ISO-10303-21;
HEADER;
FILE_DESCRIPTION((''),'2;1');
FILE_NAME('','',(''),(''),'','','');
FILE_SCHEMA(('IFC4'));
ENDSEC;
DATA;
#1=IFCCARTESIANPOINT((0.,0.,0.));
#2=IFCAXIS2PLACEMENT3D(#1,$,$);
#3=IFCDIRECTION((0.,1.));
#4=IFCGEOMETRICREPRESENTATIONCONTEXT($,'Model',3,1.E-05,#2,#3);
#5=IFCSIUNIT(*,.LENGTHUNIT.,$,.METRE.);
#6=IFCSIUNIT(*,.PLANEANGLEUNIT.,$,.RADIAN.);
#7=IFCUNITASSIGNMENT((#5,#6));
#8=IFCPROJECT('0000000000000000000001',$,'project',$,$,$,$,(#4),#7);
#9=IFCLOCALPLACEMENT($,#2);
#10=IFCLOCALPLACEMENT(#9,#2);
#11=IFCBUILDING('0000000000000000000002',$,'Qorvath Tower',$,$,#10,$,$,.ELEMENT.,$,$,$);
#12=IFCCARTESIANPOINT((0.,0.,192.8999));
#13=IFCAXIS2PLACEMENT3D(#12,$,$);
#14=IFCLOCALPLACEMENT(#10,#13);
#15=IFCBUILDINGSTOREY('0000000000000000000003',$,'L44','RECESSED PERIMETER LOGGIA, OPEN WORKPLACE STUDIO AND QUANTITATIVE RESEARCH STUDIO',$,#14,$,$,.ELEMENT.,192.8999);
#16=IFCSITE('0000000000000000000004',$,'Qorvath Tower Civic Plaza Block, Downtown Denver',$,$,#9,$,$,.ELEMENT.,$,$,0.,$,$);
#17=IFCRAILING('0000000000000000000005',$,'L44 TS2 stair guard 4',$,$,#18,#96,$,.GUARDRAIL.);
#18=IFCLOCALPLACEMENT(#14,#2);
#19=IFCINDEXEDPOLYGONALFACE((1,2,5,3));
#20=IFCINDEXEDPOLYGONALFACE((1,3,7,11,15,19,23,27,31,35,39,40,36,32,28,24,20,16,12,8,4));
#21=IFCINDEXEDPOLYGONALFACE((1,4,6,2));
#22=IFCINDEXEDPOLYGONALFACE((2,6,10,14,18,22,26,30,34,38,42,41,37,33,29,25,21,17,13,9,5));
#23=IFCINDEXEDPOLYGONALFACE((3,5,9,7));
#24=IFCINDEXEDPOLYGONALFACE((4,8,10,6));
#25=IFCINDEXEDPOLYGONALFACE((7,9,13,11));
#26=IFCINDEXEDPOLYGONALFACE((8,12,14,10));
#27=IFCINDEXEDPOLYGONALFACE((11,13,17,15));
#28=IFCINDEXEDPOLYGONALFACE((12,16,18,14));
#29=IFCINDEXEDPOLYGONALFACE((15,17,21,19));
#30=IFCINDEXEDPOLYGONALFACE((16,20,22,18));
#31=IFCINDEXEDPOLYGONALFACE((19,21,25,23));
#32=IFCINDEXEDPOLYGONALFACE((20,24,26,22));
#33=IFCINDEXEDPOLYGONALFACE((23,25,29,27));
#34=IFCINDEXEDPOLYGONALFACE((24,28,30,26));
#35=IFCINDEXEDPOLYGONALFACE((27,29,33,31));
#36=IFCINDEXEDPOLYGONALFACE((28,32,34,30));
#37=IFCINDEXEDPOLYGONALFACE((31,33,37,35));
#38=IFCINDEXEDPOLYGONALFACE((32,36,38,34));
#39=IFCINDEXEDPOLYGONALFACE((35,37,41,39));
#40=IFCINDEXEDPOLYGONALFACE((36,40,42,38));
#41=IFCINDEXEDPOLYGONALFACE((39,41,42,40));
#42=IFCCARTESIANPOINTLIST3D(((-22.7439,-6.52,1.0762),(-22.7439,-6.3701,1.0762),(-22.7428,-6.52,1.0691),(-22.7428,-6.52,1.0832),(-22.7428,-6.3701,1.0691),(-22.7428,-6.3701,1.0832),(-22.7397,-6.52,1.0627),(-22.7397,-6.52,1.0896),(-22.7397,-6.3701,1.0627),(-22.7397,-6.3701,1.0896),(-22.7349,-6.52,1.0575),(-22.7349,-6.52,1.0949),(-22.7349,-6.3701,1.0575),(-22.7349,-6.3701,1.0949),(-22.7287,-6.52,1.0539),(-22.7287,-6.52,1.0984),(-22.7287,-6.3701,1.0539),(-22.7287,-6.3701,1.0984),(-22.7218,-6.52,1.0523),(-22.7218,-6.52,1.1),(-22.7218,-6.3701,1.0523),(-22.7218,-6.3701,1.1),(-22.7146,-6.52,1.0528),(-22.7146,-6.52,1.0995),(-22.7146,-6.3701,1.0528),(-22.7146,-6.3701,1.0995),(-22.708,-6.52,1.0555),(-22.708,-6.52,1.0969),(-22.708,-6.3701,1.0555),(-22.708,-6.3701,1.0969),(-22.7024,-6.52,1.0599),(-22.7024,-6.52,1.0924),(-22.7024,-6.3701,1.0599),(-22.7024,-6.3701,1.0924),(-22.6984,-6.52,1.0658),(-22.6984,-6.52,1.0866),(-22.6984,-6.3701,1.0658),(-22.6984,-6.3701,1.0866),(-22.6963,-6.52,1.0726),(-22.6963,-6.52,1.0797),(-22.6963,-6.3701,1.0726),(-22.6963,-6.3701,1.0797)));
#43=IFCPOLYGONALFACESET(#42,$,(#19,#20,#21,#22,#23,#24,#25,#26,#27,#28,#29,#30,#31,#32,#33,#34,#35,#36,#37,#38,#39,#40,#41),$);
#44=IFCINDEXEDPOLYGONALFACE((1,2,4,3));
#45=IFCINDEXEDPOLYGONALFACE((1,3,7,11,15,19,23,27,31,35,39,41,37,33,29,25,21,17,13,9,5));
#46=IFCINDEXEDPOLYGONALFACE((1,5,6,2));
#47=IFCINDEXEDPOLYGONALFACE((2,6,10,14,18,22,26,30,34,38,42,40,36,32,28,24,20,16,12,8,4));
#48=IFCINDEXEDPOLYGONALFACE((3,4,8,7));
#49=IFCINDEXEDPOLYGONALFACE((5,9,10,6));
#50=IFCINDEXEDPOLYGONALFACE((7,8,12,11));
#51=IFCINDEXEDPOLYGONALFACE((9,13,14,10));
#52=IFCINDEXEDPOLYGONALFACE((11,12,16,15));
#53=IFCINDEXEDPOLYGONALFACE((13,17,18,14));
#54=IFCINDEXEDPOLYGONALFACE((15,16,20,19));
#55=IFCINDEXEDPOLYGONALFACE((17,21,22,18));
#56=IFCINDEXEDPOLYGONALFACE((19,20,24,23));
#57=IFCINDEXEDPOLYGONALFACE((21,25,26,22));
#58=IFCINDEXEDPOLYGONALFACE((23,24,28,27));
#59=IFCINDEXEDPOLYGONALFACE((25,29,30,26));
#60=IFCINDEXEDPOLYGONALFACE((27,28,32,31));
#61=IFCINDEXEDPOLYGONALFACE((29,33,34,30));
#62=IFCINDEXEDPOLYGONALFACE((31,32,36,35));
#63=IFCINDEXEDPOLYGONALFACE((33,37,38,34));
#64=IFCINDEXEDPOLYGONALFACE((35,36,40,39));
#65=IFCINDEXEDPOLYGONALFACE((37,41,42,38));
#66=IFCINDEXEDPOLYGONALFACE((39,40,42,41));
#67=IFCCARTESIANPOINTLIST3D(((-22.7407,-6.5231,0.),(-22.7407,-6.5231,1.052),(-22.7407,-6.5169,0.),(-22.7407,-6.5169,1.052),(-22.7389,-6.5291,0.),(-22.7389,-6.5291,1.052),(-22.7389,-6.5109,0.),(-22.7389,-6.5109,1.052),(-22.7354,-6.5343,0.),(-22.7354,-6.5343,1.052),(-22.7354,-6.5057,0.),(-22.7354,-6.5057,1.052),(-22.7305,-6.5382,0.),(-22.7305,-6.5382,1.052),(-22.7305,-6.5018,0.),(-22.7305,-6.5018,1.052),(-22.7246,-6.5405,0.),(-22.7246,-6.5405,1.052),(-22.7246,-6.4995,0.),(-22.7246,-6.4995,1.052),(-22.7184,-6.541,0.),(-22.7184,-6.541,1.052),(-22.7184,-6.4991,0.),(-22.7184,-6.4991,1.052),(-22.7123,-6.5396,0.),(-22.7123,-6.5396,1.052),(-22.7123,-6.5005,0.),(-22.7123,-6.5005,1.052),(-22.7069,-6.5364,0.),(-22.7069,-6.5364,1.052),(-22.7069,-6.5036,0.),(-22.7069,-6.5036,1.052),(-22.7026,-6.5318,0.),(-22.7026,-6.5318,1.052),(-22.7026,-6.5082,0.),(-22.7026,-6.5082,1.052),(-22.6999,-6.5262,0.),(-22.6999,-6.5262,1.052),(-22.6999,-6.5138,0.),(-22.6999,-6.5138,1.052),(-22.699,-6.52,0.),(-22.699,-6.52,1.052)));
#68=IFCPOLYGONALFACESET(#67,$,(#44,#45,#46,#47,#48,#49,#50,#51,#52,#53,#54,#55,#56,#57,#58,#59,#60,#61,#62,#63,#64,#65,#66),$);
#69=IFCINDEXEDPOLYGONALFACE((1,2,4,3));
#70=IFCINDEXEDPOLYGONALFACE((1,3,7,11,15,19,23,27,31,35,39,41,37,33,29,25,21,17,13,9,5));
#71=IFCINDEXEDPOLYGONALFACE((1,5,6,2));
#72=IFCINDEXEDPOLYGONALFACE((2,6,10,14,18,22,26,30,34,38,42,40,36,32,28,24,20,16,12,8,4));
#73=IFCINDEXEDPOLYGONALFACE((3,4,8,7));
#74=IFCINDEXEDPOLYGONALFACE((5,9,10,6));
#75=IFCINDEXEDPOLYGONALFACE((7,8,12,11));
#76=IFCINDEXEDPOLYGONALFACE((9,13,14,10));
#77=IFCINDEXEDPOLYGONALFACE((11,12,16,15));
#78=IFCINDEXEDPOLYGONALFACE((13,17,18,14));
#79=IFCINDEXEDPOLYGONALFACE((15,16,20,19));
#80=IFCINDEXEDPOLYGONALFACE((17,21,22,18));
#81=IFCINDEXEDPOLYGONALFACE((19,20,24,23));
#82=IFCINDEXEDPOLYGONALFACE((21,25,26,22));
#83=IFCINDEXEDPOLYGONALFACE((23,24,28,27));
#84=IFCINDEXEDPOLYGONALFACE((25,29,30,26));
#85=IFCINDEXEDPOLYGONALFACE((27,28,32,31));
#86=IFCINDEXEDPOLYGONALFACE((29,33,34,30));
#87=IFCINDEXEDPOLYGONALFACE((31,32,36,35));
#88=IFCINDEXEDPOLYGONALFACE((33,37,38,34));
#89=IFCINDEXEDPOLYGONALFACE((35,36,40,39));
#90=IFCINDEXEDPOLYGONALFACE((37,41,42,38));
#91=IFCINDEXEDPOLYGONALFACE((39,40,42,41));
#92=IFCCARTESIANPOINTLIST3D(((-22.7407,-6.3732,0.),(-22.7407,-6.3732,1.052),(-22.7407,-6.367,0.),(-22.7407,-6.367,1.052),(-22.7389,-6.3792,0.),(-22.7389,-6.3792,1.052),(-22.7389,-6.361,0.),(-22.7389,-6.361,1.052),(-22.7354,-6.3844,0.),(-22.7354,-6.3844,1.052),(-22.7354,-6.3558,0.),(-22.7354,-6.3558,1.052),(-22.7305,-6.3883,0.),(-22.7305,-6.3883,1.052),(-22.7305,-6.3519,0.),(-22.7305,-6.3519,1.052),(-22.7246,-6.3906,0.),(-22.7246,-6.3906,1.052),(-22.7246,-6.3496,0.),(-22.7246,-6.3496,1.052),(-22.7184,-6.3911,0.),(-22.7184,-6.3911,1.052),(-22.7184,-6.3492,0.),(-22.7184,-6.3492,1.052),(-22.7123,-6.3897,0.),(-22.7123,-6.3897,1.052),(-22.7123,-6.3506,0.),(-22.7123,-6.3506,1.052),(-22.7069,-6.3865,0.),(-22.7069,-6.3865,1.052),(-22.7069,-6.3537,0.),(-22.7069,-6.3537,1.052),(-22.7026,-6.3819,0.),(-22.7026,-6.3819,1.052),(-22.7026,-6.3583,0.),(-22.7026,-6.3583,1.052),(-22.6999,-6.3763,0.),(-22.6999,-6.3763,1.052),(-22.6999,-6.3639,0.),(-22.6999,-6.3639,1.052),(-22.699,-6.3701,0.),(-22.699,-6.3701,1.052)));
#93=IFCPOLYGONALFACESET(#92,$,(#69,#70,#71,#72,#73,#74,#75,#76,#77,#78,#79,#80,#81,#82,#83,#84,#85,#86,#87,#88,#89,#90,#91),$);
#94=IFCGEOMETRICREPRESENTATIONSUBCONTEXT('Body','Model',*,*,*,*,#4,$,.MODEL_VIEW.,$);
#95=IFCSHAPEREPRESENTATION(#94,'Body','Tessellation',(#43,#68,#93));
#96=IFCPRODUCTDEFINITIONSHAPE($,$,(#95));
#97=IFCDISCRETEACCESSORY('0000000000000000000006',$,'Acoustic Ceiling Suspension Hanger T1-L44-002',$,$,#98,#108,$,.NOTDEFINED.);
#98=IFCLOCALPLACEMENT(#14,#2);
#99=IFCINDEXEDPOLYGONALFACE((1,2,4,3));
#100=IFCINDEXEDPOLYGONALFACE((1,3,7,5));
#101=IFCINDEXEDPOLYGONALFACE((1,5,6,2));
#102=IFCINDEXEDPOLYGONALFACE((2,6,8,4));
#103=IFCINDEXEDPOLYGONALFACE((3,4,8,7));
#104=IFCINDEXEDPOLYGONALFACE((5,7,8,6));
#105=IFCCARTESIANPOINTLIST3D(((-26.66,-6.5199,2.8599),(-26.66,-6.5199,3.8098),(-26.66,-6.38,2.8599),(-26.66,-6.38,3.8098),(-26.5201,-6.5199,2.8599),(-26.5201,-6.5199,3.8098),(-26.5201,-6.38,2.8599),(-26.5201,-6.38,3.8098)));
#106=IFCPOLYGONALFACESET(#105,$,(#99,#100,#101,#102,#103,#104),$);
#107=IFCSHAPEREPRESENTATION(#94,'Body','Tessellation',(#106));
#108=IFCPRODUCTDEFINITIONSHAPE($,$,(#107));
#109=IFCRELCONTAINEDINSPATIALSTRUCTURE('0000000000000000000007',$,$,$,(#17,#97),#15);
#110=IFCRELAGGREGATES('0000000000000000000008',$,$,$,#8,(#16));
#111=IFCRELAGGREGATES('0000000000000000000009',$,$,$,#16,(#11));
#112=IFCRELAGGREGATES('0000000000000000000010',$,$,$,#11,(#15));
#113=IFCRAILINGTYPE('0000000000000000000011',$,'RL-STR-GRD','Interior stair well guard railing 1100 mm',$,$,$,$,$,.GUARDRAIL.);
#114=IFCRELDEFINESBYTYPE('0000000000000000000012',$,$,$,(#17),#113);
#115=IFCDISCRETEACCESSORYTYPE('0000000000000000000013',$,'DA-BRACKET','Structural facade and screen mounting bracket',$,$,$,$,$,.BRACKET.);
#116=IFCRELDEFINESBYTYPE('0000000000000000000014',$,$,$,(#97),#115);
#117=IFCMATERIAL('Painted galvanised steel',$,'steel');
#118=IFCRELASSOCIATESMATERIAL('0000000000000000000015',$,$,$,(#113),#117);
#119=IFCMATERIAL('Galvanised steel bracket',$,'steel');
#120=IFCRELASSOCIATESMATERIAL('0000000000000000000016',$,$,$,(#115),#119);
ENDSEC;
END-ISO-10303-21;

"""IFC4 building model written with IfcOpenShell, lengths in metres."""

from ifc_helpers import new_model, si_unit, direction, frame, origin, origin_2d, place, context, subcontext, project, spatial, rectangle, circle, extrude, material, type_object, element, save


model = new_model("IFC4")

# Units and contexts
model_context = context("Model", 3, precision=1e-05, world=origin(), true_north=direction((0.0, 1.0)))
body_context = subcontext(model_context, "Body", "Model", "MODEL_VIEW")
ifc_project = project(units=[si_unit("LENGTHUNIT", "METRE"), si_unit("PLANEANGLEUNIT", "RADIAN")], contexts=[model_context])

# Site, building, storey
site_placement = place(None, origin())
site = spatial("IfcSite", under=ifc_project, at=site_placement, Name="Qorvath Tower Civic Plaza Block, Downtown Denver", CompositionType="ELEMENT", RefElevation=0.0)
building_placement = place(site_placement, origin())
building = spatial("IfcBuilding", under=site, at=building_placement, Name="Qorvath Tower", CompositionType="ELEMENT")
storey_placement = place(building_placement, frame((0.0, 0.0, 192.8999)))
storey = spatial("IfcBuildingStorey", under=building, at=storey_placement, Name="L44", Description="RECESSED PERIMETER LOGGIA, OPEN WORKPLACE STUDIO AND QUANTITATIVE RESEARCH STUDIO", CompositionType="ELEMENT", Elevation=192.8999)

# Railing
ifc_material_1 = material(Name="Painted galvanised steel", Category="steel")
railing_type = type_object("IfcRailingType", Name="RL-STR-GRD", Description="Interior stair well guard railing 1100 mm", PredefinedType="GUARDRAIL", material=ifc_material_1)
railing_1_placement = place(storey_placement, frame((-22.72, -6.52, 0.0)))
element("IfcRailing", 1, at=railing_1_placement, inside=storey, type_object=railing_type, Name="L44 TS2 stair guard 4", PredefinedType="GUARDRAIL", context=body_context, shape_type="SweptSolid", body=[
    extrude(circle(Radius=0.0239, at=origin_2d()), frame((0.0, 0.0, 1.0762), z_axis=(0.0, 1.0, 0.0), x_axis=(-1.0, 0.0, 0.0)), (0.0, 0.0, 1.0), 0.1499),
    extrude(circle(Radius=0.021, at=origin_2d()), origin(), (0.0, 0.0, 1.0), 1.052),
    extrude(circle(Radius=0.021, at=origin_2d()), frame((0.0, 0.1499, 0.0)), (0.0, 0.0, 1.0), 1.052),
])

# Discrete accessory
ifc_material_2 = material(Name="Galvanised steel bracket", Category="steel")
discrete_accessory_type = type_object("IfcDiscreteAccessoryType", Name="DA-BRACKET", Description="Structural facade and screen mounting bracket", PredefinedType="BRACKET", material=ifc_material_2)
discrete_accessory_placement = place(storey_placement, frame((-26.5901, -6.45, 2.8599), z_axis=(0.0, 0.0, 1.0), x_axis=(1.0, 0.0, 0.0)))
element("IfcDiscreteAccessory", 2, at=discrete_accessory_placement, inside=storey, type_object=discrete_accessory_type, Name="Acoustic Ceiling Suspension Hanger T1-L44-002", PredefinedType="NOTDEFINED", context=body_context, shape_type="SweptSolid", body=[
    extrude(rectangle(XDim=0.1399, YDim=0.1399, at=origin_2d()), origin(), (0.0, 0.0, 1.0), 0.95),
])

save(model, "model.ifc")
